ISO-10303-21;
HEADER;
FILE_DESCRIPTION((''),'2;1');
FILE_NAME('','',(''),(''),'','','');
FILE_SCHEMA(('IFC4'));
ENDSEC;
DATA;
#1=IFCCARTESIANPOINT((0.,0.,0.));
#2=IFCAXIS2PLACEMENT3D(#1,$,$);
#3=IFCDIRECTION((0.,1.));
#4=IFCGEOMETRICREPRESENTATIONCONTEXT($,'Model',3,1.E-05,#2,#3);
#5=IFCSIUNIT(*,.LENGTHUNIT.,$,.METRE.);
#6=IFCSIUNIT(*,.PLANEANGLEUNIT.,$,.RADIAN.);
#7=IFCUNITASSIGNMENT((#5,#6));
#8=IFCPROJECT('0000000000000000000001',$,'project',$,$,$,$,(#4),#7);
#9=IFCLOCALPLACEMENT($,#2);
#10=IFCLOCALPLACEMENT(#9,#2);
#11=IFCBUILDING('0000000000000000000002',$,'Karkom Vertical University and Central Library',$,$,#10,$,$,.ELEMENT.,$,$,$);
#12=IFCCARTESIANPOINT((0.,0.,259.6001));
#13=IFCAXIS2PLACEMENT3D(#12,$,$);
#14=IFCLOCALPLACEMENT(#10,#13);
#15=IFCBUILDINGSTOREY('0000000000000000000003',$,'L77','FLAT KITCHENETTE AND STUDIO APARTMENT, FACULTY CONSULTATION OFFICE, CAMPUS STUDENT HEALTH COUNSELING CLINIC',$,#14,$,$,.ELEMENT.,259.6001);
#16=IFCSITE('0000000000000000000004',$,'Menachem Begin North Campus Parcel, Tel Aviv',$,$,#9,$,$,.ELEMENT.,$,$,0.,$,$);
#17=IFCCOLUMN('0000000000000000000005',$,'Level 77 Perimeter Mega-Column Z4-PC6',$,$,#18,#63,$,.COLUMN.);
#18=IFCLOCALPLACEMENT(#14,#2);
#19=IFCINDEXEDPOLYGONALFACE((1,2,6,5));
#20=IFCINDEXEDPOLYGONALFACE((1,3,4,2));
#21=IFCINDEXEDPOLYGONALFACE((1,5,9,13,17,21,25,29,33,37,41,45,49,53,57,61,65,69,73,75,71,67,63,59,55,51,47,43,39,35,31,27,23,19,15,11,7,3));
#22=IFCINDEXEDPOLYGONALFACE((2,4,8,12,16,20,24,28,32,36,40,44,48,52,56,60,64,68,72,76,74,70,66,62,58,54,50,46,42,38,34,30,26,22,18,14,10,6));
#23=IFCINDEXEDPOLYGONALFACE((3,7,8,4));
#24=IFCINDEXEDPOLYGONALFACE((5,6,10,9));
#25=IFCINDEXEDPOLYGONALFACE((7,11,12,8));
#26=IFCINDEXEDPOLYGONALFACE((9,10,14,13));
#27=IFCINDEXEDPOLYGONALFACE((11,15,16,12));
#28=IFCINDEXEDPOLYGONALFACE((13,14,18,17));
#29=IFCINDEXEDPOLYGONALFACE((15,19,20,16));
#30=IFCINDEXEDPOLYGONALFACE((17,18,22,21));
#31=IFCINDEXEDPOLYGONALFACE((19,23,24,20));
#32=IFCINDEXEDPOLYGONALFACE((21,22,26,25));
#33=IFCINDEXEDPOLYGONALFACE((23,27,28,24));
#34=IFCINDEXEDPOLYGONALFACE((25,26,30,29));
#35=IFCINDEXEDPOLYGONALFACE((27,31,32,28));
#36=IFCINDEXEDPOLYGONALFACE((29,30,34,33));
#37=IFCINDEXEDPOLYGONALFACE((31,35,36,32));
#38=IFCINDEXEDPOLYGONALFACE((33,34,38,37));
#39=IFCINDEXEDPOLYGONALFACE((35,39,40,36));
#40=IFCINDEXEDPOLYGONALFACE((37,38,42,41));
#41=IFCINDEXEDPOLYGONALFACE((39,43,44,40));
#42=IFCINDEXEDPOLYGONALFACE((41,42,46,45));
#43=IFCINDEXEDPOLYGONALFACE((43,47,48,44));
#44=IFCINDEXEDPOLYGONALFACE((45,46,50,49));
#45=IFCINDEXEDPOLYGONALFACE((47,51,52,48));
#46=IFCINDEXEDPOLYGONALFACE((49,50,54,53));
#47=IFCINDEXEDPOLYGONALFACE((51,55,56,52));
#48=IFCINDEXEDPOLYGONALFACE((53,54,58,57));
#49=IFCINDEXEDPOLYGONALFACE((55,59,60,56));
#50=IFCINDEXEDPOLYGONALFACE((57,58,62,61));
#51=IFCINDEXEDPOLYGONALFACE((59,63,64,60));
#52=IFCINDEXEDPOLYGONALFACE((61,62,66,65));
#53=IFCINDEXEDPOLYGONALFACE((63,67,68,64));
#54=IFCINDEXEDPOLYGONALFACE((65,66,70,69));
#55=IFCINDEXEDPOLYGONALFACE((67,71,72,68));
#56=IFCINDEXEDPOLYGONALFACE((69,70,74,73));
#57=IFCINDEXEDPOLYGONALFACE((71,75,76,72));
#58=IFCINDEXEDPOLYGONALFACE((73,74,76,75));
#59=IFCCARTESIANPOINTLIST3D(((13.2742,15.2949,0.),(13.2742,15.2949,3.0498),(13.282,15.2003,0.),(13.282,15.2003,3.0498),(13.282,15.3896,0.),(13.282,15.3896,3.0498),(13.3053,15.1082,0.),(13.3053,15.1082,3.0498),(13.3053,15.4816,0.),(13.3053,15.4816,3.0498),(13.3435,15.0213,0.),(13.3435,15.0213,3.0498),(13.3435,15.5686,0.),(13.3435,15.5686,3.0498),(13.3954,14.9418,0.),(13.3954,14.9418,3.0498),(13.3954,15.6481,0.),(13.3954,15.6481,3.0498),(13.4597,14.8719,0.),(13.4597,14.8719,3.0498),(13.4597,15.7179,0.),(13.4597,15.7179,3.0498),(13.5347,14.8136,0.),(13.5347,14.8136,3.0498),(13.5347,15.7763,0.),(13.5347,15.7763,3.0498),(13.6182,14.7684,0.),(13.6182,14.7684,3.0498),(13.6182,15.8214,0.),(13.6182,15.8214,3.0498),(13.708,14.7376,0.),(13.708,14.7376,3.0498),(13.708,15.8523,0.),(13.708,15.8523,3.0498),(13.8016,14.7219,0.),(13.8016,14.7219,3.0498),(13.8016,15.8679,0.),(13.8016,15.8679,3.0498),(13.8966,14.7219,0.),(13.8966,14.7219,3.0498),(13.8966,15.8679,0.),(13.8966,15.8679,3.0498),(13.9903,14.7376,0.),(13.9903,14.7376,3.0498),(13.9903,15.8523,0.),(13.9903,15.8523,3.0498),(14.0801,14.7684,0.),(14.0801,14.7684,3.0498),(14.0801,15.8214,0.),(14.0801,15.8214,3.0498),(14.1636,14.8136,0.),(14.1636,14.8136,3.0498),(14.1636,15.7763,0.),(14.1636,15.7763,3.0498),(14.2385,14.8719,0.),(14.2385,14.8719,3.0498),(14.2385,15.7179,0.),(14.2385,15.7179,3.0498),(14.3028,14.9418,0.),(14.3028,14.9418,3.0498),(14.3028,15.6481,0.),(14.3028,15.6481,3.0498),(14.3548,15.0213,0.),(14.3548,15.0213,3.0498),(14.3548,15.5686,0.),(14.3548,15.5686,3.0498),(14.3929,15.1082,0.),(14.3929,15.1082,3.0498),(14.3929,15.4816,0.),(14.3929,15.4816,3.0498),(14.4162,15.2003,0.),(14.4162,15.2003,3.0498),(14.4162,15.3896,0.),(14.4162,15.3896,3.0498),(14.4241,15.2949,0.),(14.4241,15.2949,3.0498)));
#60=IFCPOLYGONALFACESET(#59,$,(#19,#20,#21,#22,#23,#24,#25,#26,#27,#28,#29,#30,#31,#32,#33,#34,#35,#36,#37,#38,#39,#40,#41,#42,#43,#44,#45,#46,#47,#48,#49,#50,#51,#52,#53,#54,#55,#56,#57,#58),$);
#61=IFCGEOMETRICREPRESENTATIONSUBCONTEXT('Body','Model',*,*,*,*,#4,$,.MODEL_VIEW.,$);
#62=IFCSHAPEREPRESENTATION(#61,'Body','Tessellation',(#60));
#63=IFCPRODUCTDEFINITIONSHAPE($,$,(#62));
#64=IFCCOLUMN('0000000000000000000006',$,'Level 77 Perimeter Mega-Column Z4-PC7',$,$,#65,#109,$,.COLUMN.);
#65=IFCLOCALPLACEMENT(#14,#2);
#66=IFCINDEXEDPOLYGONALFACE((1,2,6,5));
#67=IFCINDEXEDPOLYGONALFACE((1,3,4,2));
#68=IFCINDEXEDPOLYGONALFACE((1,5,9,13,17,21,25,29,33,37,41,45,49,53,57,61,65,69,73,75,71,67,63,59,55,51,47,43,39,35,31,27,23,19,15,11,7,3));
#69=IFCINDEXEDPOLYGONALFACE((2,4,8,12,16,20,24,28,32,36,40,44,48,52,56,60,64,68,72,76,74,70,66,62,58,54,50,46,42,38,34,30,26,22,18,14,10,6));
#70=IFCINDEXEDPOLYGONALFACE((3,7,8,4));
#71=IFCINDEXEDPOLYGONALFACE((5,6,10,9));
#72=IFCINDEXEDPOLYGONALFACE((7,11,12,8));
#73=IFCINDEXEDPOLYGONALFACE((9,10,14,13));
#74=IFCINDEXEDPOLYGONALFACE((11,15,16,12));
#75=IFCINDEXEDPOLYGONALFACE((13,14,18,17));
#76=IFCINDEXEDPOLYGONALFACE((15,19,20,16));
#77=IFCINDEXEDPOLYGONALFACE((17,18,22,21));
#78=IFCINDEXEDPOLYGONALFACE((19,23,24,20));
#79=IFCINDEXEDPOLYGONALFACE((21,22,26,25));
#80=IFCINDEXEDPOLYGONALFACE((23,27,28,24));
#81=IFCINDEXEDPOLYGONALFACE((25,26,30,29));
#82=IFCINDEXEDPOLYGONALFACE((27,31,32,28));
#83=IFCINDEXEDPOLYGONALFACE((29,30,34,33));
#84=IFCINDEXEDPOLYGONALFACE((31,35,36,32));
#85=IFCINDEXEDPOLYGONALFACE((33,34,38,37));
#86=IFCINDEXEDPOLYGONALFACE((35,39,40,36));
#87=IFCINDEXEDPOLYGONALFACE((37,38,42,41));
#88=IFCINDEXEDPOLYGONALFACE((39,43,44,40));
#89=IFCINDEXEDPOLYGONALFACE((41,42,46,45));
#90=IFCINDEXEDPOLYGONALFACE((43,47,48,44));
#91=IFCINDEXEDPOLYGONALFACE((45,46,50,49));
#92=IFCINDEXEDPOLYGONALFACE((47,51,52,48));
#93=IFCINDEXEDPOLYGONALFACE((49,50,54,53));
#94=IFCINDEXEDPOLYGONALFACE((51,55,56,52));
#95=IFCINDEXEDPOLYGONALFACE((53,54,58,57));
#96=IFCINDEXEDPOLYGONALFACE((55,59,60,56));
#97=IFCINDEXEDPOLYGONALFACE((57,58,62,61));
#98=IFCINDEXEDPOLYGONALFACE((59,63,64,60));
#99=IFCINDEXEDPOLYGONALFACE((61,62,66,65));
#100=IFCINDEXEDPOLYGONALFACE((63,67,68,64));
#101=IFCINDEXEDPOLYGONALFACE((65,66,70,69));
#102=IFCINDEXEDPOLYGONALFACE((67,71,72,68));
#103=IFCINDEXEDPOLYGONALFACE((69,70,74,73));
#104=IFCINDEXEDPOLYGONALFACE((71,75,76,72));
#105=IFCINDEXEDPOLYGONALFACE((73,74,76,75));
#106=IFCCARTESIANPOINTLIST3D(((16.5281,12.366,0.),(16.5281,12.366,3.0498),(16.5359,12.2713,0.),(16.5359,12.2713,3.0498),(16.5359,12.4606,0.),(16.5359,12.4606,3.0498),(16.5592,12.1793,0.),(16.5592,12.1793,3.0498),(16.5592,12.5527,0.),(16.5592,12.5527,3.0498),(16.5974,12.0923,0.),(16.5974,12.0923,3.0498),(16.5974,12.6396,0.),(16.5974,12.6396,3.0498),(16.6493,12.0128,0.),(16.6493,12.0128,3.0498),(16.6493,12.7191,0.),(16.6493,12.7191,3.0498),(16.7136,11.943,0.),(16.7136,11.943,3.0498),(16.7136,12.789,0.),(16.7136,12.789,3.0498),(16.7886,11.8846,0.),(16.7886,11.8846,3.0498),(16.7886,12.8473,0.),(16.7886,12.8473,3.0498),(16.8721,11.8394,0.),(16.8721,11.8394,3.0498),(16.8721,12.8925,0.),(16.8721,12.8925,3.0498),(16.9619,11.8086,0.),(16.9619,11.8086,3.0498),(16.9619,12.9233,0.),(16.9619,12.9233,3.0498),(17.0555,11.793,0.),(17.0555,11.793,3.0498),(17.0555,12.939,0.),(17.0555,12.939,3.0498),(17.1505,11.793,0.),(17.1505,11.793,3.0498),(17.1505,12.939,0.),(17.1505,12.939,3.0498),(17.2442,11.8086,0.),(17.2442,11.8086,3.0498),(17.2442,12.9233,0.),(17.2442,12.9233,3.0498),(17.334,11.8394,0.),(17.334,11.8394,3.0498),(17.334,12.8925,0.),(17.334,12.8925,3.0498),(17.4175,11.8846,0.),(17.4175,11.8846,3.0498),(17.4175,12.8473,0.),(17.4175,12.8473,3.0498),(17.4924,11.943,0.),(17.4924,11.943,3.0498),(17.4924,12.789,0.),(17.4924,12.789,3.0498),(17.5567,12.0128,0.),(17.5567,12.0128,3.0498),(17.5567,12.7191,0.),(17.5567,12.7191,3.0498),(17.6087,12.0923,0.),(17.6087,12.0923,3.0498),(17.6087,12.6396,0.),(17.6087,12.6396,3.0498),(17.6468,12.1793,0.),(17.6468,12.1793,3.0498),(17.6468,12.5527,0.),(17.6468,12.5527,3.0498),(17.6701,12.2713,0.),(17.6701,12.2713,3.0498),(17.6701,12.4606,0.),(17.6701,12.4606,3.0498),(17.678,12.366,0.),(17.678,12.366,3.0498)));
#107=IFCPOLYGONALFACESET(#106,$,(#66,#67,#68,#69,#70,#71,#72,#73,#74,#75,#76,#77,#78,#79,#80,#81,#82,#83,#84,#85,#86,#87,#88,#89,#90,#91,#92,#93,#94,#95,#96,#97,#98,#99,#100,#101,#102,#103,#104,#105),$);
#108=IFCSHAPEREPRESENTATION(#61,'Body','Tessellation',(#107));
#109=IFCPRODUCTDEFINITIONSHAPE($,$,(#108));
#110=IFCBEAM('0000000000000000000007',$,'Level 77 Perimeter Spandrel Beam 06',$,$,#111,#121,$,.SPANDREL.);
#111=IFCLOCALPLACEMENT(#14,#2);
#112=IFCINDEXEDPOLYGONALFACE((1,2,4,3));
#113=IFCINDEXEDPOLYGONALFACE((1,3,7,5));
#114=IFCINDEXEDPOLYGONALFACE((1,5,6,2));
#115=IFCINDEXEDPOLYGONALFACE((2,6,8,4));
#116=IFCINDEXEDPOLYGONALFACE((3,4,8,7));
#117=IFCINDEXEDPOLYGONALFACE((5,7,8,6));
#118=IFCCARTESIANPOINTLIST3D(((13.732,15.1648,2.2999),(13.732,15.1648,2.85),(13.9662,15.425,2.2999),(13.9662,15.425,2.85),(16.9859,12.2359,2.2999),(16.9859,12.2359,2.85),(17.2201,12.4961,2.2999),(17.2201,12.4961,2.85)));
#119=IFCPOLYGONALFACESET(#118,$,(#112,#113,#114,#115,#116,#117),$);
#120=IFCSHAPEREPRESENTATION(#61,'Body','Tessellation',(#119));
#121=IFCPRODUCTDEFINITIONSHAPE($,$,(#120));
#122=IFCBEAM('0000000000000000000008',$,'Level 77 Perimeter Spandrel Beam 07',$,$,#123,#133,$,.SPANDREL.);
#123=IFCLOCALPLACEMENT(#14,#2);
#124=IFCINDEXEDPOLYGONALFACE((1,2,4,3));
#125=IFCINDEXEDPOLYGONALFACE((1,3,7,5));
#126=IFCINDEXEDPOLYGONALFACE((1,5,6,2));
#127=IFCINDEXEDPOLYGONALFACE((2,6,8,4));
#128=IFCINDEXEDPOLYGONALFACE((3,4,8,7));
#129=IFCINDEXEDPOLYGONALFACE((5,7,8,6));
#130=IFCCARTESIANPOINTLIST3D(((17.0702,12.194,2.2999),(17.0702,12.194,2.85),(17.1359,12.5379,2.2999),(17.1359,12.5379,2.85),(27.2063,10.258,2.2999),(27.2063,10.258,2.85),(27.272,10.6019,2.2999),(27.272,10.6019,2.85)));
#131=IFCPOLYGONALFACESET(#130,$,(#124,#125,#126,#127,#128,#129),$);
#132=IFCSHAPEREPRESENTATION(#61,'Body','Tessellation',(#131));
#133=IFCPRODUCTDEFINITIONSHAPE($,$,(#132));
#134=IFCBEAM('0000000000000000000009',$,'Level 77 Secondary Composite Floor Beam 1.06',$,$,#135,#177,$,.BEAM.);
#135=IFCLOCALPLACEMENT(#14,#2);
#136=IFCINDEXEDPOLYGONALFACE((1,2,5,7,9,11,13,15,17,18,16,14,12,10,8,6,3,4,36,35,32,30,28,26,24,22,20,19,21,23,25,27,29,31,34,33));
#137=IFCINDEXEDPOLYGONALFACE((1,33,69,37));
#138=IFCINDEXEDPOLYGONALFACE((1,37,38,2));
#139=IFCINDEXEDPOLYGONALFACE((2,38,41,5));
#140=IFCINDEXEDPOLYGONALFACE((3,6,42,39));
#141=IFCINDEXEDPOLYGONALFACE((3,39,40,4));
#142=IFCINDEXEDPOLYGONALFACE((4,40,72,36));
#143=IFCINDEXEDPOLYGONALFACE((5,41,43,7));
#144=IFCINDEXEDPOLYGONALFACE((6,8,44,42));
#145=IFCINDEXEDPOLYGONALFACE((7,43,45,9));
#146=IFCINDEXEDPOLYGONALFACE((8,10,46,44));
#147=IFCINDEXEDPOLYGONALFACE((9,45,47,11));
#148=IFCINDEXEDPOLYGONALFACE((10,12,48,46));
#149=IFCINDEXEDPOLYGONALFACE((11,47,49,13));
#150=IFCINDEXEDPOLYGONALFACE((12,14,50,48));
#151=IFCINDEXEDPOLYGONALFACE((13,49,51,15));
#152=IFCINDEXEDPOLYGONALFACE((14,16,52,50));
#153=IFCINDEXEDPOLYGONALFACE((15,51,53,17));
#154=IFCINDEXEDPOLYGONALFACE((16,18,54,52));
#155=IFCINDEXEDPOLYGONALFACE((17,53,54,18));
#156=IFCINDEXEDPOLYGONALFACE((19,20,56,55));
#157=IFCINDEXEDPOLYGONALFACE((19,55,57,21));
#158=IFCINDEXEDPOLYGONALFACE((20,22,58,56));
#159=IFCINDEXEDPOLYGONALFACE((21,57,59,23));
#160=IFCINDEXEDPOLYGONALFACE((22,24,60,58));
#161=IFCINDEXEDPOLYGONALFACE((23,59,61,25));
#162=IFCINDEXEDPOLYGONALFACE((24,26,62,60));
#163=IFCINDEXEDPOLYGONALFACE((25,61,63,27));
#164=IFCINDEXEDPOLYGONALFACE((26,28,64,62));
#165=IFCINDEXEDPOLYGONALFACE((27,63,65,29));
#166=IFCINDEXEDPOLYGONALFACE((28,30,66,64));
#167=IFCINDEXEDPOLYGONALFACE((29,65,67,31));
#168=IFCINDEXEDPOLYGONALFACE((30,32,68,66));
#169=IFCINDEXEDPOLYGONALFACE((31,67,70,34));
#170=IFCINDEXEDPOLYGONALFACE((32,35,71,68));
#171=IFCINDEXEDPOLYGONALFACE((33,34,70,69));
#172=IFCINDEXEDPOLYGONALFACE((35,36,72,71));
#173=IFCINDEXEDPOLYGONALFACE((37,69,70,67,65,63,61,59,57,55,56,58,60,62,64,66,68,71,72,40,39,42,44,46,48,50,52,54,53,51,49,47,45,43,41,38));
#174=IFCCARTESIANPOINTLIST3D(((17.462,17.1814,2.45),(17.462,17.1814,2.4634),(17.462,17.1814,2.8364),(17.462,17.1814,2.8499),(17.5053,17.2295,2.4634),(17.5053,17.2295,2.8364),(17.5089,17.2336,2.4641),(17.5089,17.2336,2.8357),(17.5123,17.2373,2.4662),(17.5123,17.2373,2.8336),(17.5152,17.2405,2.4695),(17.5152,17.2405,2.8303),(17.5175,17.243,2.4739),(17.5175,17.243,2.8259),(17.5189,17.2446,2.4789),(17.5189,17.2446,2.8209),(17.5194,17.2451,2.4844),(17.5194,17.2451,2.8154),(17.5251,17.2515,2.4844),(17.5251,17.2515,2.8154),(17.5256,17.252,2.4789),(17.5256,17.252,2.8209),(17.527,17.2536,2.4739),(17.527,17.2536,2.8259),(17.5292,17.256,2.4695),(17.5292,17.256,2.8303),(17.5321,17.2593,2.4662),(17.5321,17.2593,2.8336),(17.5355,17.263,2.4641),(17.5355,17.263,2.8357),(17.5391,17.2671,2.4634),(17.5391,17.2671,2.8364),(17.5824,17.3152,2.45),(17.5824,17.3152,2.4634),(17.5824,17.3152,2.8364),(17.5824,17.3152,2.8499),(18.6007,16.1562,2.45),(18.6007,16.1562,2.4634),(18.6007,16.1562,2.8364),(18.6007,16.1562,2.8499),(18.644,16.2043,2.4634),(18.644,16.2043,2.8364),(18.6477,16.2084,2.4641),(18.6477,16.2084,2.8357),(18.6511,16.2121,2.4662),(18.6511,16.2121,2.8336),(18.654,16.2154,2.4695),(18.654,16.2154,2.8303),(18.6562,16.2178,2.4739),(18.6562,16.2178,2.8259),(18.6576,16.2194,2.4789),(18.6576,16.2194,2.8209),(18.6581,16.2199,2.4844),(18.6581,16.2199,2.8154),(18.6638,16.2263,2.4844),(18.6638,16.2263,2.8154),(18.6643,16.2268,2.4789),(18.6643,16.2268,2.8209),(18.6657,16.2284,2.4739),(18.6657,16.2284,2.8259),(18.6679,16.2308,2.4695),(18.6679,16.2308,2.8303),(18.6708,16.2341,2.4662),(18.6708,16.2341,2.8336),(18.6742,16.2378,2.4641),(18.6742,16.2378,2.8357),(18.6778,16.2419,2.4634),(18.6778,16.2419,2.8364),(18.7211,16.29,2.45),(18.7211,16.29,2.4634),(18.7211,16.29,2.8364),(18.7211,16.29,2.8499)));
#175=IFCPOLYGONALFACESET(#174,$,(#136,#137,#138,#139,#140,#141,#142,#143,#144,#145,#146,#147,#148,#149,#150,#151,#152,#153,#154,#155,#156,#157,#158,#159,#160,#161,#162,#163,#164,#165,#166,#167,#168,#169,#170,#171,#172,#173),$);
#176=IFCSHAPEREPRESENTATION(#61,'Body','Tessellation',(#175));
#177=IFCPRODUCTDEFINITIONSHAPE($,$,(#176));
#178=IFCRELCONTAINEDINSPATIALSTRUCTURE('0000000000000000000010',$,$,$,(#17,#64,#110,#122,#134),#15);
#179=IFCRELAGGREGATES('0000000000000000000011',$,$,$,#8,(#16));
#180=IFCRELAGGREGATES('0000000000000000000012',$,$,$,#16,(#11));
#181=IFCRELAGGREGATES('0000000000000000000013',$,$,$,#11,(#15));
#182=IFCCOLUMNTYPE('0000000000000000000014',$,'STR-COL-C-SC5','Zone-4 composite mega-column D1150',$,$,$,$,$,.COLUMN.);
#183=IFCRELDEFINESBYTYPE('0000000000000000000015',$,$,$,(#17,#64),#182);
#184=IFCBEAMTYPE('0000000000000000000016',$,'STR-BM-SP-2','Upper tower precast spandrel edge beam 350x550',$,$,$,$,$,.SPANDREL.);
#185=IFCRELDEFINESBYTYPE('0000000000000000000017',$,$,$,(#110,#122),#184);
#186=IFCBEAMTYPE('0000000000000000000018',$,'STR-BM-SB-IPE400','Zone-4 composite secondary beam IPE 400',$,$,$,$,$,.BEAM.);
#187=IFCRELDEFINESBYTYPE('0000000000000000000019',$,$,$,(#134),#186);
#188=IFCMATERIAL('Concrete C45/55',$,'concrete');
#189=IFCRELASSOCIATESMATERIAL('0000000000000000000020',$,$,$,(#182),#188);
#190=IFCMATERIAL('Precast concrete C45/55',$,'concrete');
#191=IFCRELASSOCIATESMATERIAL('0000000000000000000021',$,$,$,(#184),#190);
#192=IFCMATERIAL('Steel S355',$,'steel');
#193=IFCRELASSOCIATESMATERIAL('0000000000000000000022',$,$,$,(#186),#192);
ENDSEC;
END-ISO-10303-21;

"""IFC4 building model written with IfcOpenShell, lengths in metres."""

from ifc_helpers import new_model, si_unit, direction, frame, origin, origin_with_axes, origin_2d, place, context, subcontext, project, spatial, rectangle, circle, i_section, extrude, source, transform, mapped, material, material_profile, profile_set, type_object, element, save


model = new_model("IFC4")

# Units and contexts
model_context = context("Model", 3, precision=1e-05, world=origin(), true_north=direction((0.0, 1.0)))
body_context = subcontext(model_context, "Body", "Model", "MODEL_VIEW")
ifc_project = project(units=[si_unit("LENGTHUNIT", "METRE"), si_unit("PLANEANGLEUNIT", "RADIAN")], contexts=[model_context])

# Site, building, storey
site_placement = place(None, origin())
site = spatial("IfcSite", under=ifc_project, at=site_placement, Name="Menachem Begin North Campus Parcel, Tel Aviv", CompositionType="ELEMENT", RefElevation=0.0)
building_placement = place(site_placement, origin())
building = spatial("IfcBuilding", under=site, at=building_placement, Name="Karkom Vertical University and Central Library", CompositionType="ELEMENT")
storey_placement = place(building_placement, frame((0.0, 0.0, 259.6001)))
storey = spatial("IfcBuildingStorey", under=building, at=storey_placement, Name="L77", Description="FLAT KITCHENETTE AND STUDIO APARTMENT, FACULTY CONSULTATION OFFICE, CAMPUS STUDENT HEALTH COUNSELING CLINIC", CompositionType="ELEMENT", Elevation=259.6001)

# Columns
ifc_material_1 = material(Name="Concrete C45/55", Category="concrete")
ifc_material_profile_1 = material_profile(ifc_material_1, circle(Radius=0.575, at=origin_2d()), Name="CFT-D1150")
ifc_profile_set_1 = profile_set([ifc_material_profile_1], Name="Concrete C45/55")
column_type = type_object("IfcColumnType", Name="STR-COL-C-SC5", Description="Zone-4 composite mega-column D1150", PredefinedType="COLUMN", material=ifc_profile_set_1)
shared_shape_1 = source(origin_with_axes(), body_context, "Body", "SweptSolid", [
    extrude(circle(Radius=0.575, at=origin_2d()), origin(), (0.0, 0.0, 1.0), 3.0498),
])
for number, where, z_axis, x_axis, name in (
    (1, (13.8491, 15.2949, 0.0), (0.0, 0.0, 1.0), (1.0, 0.0, 0.0), "Level 77 Perimeter Mega-Column Z4-PC6"),
    (2, (17.103, 12.366, 0.0), (0.0, 0.0, 1.0), (1.0, 0.0, 0.0), "Level 77 Perimeter Mega-Column Z4-PC7"),
):
    element("IfcColumn", number, at=place(storey_placement, frame(where, z_axis=z_axis, x_axis=x_axis)), inside=storey, type_object=column_type, Name=name, PredefinedType="COLUMN", context=body_context, shape_type="MappedRepresentation", body=[
        mapped(shared_shape_1, transform((0.0, 0.0, 0.0), scale=1.0)),
    ])

# Beams
ifc_material_2 = material(Name="Precast concrete C45/55", Category="concrete")
ifc_material_profile_2 = material_profile(ifc_material_2, rectangle(XDim=0.3501, YDim=0.55, at=origin_2d()), Name="SPB-350x550")
ifc_profile_set_2 = profile_set([ifc_material_profile_2], Name="Precast concrete C45/55")
beam_type_1 = type_object("IfcBeamType", Name="STR-BM-SP-2", Description="Upper tower precast spandrel edge beam 350x550", PredefinedType="SPANDREL", material=ifc_profile_set_2)
shared_shape_2 = source(origin_with_axes(), body_context, "Body", "SweptSolid", [
    extrude(rectangle(XDim=0.3501, YDim=0.55, at=origin_2d()), origin(), (0.0, 0.0, 1.0), 4.3779),
])
beam_1_placement = place(storey_placement, frame((13.8491, 15.2949, 2.575), z_axis=(0.743244, -0.66902, 0.0), x_axis=(0.66902, 0.743244, 0.0)))
element("IfcBeam", 3, at=beam_1_placement, inside=storey, type_object=beam_type_1, Name="Level 77 Perimeter Spandrel Beam 06", PredefinedType="SPANDREL", context=body_context, shape_type="MappedRepresentation", body=[
    mapped(shared_shape_2, transform((0.0, 0.0, 0.0), scale=1.0)),
])
shared_shape_3 = source(origin_with_axes(), body_context, "Body", "SweptSolid", [
    extrude(rectangle(XDim=0.3501, YDim=0.55, at=origin_2d()), origin(), (0.0, 0.0, 1.0), 10.3193),
])
beam_2_placement = place(storey_placement, frame((17.103, 12.366, 2.575), z_axis=(0.982243, -0.187614, 0.0), x_axis=(0.187614, 0.982243, 0.0)))
element("IfcBeam", 4, at=beam_2_placement, inside=storey, type_object=beam_type_1, Name="Level 77 Perimeter Spandrel Beam 07", PredefinedType="SPANDREL", context=body_context, shape_type="MappedRepresentation", body=[
    mapped(shared_shape_3, transform((0.0, 0.0, 0.0), scale=1.0)),
])
ifc_material_3 = material(Name="Steel S355", Category="steel")
ifc_material_profile_3 = material_profile(ifc_material_3, i_section(OverallWidth=0.1799, OverallDepth=0.3999, WebThickness=0.0085, FlangeThickness=0.0134, FilletRadius=0.021, at=origin_2d()), Name="IPE 400")
ifc_profile_set_3 = profile_set([ifc_material_profile_3], Name="Steel S355")
beam_type_2 = type_object("IfcBeamType", Name="STR-BM-SB-IPE400", Description="Zone-4 composite secondary beam IPE 400", PredefinedType="BEAM", material=ifc_profile_set_3)
shared_shape_4 = source(origin_with_axes(), body_context, "Body", "SweptSolid", [
    extrude(i_section(OverallWidth=0.1799, OverallDepth=0.3999, WebThickness=0.0085, FlangeThickness=0.0134, FilletRadius=0.021, at=origin_2d()), origin(), (0.0, 0.0, 1.0), 1.5322),
])
beam_3_placement = place(storey_placement, frame((17.5222, 17.2483, 2.6499), z_axis=(0.743183, -0.669088, 0.0), x_axis=(0.669088, 0.743183, 0.0)))
element("IfcBeam", 5, at=beam_3_placement, inside=storey, type_object=beam_type_2, Name="Level 77 Secondary Composite Floor Beam 1.06", PredefinedType="BEAM", context=body_context, shape_type="MappedRepresentation", body=[
    mapped(shared_shape_4, transform((0.0, 0.0, 0.0), scale=1.0)),
])

save(model, "model.ifc")
